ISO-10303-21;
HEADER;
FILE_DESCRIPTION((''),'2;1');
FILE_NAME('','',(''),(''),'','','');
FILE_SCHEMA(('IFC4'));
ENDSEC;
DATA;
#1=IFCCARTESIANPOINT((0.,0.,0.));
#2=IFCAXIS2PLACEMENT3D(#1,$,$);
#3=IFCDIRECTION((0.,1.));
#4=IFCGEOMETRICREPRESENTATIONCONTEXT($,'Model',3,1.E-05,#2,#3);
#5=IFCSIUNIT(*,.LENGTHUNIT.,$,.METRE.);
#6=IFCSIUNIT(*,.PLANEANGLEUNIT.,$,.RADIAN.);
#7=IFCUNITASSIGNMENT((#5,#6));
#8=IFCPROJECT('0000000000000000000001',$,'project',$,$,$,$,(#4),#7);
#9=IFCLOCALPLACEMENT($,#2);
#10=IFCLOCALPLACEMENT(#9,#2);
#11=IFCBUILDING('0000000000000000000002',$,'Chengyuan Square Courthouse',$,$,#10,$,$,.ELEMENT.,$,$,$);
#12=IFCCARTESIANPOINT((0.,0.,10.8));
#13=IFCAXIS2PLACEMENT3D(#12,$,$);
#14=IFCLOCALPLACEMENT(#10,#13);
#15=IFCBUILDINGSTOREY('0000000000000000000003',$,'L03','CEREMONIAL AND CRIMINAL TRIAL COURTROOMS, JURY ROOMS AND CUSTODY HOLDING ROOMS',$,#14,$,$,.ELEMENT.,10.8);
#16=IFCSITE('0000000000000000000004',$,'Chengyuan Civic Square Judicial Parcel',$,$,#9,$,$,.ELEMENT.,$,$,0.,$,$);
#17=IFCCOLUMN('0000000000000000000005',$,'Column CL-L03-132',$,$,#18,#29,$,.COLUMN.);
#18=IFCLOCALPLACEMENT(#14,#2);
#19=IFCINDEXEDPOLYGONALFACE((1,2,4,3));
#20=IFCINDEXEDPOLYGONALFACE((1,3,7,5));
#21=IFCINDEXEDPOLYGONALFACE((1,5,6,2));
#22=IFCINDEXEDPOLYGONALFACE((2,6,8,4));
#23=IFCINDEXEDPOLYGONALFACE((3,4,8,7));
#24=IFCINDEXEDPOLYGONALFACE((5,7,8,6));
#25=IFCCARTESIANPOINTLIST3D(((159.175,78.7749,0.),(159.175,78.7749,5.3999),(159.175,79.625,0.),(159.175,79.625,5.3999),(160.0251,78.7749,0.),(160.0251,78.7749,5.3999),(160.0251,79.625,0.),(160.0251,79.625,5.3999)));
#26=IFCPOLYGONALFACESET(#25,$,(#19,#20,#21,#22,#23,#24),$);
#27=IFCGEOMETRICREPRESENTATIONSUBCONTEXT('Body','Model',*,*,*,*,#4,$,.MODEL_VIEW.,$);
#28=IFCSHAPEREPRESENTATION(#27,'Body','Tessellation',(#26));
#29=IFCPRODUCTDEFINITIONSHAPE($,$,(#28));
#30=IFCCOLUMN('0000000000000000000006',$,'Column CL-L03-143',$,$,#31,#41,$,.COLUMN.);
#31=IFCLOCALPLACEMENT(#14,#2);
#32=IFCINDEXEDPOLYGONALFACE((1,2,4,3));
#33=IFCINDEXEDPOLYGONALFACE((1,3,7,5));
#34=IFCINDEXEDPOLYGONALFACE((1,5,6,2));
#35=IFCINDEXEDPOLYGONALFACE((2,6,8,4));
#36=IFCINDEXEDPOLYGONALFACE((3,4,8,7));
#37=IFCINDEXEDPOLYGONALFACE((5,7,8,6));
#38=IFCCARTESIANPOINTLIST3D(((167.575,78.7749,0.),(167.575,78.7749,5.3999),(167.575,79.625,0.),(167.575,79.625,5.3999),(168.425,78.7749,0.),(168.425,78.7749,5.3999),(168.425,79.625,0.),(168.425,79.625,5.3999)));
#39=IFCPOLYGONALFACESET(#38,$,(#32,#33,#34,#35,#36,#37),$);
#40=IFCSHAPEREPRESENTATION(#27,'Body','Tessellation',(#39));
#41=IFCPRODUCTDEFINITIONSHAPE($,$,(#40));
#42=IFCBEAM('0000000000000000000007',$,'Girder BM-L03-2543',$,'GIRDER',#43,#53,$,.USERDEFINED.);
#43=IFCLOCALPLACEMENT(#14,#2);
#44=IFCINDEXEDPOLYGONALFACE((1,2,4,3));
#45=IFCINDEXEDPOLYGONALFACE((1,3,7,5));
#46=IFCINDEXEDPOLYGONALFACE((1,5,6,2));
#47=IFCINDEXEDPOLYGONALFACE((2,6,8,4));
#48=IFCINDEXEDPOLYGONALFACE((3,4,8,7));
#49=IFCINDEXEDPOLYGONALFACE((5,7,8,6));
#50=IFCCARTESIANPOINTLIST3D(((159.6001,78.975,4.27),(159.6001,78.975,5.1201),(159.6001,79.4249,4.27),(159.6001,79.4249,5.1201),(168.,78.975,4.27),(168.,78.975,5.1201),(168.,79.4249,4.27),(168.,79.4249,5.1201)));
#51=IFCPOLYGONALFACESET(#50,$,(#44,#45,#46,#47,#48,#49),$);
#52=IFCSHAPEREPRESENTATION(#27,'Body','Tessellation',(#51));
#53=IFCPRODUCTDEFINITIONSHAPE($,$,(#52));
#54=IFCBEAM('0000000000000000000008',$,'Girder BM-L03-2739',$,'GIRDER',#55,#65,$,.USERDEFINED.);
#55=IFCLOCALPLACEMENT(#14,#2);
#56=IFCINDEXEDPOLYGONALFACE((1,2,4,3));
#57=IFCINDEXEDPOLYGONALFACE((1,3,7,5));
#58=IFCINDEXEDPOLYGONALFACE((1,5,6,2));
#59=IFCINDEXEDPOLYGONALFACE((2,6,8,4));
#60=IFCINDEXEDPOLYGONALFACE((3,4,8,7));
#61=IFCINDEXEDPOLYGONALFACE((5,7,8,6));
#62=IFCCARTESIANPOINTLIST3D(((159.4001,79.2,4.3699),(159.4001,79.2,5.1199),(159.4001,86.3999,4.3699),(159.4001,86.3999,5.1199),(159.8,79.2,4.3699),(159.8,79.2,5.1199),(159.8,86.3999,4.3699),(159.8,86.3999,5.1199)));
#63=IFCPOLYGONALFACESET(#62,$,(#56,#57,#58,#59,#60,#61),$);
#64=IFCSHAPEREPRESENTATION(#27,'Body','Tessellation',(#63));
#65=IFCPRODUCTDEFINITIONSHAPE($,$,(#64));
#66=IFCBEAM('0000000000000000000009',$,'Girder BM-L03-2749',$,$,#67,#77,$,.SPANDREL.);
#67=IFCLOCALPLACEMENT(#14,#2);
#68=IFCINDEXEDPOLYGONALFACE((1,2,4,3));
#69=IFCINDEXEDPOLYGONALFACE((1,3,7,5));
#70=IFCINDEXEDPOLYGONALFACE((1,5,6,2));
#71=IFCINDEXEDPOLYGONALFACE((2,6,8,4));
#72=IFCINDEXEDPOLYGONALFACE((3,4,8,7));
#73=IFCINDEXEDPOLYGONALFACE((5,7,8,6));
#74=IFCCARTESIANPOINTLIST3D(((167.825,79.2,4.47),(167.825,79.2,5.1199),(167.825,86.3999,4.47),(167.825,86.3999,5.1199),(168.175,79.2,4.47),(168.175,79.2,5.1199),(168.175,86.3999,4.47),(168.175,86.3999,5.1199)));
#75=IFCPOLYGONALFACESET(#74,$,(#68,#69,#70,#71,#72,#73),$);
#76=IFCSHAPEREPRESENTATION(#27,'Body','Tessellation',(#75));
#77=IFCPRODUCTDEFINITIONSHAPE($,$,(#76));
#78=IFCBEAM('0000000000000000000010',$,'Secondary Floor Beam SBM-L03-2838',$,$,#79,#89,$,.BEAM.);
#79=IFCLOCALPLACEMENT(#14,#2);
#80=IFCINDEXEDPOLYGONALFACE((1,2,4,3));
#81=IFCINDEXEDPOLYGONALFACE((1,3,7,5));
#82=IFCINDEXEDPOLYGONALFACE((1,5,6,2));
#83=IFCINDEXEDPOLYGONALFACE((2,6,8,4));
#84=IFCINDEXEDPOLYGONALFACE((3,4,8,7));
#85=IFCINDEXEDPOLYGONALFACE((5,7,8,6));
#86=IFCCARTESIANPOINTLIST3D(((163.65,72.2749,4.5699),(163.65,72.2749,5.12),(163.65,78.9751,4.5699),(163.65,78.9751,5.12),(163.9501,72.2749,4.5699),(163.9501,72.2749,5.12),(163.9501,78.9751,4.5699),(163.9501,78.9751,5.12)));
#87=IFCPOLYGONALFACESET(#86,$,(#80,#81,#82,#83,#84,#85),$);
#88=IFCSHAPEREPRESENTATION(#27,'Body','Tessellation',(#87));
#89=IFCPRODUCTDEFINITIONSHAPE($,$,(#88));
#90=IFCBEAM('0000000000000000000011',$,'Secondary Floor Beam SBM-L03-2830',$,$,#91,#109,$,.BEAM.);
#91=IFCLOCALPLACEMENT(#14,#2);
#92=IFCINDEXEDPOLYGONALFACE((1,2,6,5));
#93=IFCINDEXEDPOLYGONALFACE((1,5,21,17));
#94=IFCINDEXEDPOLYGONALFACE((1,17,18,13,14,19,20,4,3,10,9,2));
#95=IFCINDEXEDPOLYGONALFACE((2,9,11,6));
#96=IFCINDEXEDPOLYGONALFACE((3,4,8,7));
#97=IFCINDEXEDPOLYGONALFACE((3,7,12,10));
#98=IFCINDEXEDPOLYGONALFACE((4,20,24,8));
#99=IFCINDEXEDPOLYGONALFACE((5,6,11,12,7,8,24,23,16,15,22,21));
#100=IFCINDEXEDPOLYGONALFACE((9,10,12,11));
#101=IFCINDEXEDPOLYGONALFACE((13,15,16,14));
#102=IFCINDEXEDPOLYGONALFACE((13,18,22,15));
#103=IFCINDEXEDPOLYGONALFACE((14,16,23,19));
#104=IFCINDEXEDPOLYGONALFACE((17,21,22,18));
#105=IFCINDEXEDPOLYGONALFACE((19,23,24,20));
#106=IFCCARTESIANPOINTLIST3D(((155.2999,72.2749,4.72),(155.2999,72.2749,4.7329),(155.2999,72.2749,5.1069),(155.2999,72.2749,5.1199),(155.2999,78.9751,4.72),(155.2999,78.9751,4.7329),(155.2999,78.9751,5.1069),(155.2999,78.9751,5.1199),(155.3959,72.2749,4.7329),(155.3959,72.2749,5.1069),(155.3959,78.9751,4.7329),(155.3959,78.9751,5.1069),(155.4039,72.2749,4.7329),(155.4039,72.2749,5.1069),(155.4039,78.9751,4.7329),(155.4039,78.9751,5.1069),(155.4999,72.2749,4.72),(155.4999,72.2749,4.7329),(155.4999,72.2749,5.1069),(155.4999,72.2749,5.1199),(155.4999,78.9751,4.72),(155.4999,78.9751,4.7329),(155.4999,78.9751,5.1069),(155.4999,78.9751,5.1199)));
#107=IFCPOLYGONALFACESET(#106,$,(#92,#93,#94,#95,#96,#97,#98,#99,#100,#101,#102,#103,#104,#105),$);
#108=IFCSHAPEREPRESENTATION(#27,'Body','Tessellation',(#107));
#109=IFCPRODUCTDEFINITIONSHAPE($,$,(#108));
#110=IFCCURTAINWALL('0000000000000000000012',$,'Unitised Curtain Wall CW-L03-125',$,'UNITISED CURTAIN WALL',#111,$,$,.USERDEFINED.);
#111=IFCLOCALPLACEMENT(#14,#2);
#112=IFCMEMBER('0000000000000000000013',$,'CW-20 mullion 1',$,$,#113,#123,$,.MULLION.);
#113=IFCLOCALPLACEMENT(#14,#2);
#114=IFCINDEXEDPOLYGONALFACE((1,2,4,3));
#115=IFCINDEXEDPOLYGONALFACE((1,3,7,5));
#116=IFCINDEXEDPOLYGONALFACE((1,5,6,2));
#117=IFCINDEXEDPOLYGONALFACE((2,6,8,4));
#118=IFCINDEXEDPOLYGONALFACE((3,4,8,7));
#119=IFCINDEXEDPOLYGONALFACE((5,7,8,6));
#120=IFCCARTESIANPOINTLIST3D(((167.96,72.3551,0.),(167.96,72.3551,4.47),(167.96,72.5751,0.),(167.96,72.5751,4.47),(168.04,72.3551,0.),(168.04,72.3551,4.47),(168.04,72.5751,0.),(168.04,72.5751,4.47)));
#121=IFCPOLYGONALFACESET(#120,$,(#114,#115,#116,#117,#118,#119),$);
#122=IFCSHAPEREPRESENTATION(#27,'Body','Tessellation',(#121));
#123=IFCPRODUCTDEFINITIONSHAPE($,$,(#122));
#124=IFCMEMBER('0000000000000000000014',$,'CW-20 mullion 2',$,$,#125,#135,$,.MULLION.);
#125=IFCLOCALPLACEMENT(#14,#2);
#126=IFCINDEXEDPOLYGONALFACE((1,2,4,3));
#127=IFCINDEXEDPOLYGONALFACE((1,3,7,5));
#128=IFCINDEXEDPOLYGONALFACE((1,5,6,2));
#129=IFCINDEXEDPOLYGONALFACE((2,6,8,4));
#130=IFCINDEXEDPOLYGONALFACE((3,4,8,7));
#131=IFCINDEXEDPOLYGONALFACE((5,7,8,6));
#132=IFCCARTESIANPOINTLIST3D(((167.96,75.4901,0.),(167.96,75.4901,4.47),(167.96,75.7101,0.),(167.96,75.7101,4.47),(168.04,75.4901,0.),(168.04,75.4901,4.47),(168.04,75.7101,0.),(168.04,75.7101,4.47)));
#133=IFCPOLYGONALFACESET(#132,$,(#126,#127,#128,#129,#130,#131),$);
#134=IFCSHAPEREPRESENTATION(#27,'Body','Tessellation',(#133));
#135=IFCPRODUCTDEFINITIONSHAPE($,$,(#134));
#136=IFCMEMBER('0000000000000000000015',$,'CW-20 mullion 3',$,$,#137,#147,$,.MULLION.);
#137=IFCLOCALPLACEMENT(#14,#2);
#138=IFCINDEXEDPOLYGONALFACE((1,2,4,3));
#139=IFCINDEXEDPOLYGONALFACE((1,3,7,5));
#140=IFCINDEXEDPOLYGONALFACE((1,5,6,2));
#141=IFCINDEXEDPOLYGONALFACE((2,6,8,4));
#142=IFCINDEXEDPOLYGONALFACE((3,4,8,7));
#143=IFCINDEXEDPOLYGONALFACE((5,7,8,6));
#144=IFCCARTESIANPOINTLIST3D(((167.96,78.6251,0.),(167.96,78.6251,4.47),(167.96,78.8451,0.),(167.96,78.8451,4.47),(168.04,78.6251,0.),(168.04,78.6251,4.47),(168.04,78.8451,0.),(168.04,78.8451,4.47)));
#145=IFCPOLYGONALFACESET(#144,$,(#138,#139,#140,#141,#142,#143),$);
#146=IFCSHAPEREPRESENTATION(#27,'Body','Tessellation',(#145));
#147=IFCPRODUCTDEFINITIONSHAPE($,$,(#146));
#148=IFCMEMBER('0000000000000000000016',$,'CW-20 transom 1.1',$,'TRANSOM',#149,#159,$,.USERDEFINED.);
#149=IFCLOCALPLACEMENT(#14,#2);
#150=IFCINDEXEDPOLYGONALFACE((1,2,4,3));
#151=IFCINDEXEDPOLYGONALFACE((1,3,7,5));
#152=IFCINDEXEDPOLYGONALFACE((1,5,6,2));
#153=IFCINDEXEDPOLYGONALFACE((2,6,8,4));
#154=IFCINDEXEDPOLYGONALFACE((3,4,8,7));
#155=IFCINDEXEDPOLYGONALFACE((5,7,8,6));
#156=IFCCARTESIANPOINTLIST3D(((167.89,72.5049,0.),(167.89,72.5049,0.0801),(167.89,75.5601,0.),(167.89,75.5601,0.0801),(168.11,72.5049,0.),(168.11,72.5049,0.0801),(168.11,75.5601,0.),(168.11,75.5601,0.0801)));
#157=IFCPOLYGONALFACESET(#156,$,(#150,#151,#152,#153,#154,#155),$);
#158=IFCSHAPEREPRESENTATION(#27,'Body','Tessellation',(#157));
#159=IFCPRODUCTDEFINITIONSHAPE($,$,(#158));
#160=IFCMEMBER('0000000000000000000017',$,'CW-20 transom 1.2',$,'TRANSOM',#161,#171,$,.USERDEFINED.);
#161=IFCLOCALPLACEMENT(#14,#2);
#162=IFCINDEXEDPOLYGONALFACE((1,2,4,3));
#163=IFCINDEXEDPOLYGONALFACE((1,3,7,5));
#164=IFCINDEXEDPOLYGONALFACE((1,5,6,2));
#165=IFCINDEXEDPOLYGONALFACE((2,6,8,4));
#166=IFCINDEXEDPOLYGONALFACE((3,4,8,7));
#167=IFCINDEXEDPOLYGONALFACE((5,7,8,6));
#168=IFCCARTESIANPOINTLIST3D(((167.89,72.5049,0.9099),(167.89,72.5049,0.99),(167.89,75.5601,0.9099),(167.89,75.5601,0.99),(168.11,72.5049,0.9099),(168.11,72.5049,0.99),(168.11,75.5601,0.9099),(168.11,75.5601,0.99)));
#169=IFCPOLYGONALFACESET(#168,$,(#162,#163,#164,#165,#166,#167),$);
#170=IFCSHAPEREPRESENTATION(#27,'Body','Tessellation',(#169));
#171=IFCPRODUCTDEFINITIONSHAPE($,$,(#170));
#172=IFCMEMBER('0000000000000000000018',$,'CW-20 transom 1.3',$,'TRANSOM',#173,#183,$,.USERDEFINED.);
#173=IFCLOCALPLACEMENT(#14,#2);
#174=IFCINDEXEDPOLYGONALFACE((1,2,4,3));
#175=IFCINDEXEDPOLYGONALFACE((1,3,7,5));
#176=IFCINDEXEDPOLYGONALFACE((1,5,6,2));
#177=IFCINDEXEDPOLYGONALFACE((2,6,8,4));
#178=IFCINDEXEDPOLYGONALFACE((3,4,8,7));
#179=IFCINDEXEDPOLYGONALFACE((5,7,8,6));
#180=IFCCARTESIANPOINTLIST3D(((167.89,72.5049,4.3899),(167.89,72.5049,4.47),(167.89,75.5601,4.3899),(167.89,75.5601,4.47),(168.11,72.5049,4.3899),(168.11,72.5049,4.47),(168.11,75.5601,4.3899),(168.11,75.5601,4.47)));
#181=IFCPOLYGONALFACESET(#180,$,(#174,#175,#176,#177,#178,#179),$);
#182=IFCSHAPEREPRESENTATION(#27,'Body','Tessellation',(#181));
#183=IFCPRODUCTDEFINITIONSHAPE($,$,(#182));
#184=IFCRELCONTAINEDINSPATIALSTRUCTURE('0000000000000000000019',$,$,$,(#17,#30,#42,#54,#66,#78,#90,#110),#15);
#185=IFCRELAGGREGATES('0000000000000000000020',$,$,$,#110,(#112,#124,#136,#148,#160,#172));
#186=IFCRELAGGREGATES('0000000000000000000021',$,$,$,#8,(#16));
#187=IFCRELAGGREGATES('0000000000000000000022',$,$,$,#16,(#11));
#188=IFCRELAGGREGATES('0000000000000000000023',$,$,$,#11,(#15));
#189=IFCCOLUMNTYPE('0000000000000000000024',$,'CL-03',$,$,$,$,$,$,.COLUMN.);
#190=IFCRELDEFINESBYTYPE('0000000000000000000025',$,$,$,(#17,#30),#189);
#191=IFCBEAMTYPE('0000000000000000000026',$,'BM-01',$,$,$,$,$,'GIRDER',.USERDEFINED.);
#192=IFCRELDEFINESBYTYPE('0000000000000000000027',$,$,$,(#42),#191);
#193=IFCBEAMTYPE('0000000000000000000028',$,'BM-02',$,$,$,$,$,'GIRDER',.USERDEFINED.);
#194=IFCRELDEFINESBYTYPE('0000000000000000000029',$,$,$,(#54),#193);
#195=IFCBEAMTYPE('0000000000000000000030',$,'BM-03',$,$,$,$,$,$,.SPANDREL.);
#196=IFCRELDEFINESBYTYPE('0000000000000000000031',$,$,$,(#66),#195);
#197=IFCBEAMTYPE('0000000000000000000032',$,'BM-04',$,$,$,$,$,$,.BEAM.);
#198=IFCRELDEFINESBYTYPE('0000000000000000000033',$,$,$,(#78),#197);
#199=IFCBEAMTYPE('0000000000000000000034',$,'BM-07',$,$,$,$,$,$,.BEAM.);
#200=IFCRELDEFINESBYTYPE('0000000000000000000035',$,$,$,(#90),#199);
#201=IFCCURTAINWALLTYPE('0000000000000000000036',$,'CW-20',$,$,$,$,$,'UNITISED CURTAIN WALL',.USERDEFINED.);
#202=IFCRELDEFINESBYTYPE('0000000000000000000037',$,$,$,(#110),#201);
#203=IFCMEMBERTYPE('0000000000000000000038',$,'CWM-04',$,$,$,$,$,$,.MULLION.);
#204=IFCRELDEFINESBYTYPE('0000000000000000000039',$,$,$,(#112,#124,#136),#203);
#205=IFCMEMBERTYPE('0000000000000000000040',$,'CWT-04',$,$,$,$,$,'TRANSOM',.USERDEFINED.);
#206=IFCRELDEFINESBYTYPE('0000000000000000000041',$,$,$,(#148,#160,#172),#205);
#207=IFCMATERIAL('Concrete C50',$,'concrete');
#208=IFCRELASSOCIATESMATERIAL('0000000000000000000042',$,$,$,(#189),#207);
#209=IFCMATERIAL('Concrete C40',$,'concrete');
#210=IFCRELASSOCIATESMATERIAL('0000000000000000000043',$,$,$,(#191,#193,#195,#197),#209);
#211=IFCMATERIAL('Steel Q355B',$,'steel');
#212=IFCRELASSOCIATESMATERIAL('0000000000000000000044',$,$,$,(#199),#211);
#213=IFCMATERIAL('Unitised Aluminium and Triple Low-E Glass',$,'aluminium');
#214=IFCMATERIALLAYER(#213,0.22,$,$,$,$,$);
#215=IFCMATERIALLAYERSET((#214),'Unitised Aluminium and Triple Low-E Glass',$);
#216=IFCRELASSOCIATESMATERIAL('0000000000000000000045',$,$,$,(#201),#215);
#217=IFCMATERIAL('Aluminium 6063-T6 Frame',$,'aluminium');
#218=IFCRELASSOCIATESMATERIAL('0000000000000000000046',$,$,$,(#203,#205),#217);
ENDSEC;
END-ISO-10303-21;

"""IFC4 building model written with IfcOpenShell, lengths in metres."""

from ifc_helpers import new_model, si_unit, direction, frame, origin, origin_2d, place, context, subcontext, project, spatial, rectangle, i_section, extrude, material, layer, layer_set, material_profile, profile_set, type_object, element, aggregate, save


model = new_model("IFC4")

# Units and contexts
model_context = context("Model", 3, precision=1e-05, world=origin(), true_north=direction((0.0, 1.0)))
body_context = subcontext(model_context, "Body", "Model", "MODEL_VIEW")
ifc_project = project(units=[si_unit("LENGTHUNIT", "METRE"), si_unit("PLANEANGLEUNIT", "RADIAN")], contexts=[model_context])

# Site, building, storey
site_placement = place(None, origin())
site = spatial("IfcSite", under=ifc_project, at=site_placement, Name="Chengyuan Civic Square Judicial Parcel", CompositionType="ELEMENT", RefElevation=0.0)
building_placement = place(site_placement, origin())
building = spatial("IfcBuilding", under=site, at=building_placement, Name="Chengyuan Square Courthouse", CompositionType="ELEMENT")
storey_placement = place(building_placement, frame((0.0, 0.0, 10.8)))
storey = spatial("IfcBuildingStorey", under=building, at=storey_placement, Name="L03", Description="CEREMONIAL AND CRIMINAL TRIAL COURTROOMS, JURY ROOMS AND CUSTODY HOLDING ROOMS", CompositionType="ELEMENT", Elevation=10.8)

# Columns
ifc_material_1 = material(Name="Concrete C50", Category="concrete")
ifc_material_profile_1 = material_profile(ifc_material_1, rectangle(XDim=0.8501, YDim=0.8501, at=origin_2d()), Name="RC-COL-850x850")
ifc_profile_set_1 = profile_set([ifc_material_profile_1], Name="Concrete C50")
column_type = type_object("IfcColumnType", Name="CL-03", PredefinedType="COLUMN", material=ifc_profile_set_1)
for number, where, z_axis, x_axis, name in (
    (1, (159.6001, 79.2, 0.0), (0.0, 0.0, 1.0), (1.0, 0.0, 0.0), "Column CL-L03-132"),
    (2, (168.0, 79.2, 0.0), (0.0, 0.0, 1.0), (1.0, 0.0, 0.0), "Column CL-L03-143"),
):
    element("IfcColumn", number, at=place(storey_placement, frame(where, z_axis=z_axis, x_axis=x_axis)), inside=storey, type_object=column_type, Name=name, PredefinedType="COLUMN", context=body_context, shape_type="SweptSolid", body=[
        extrude(rectangle(XDim=0.8501, YDim=0.8501, at=origin_2d()), origin(), (0.0, 0.0, 1.0), 5.3999),
    ])

# Beams
ifc_material_2 = material(Name="Concrete C40", Category="concrete")
ifc_material_profile_2 = material_profile(ifc_material_2, rectangle(XDim=0.45, YDim=0.8501, at=origin_2d()), Name="RC-BM-450x850")
ifc_profile_set_2 = profile_set([ifc_material_profile_2], Name="Concrete C40")
beam_type_1 = type_object("IfcBeamType", Name="BM-01", ElementType="GIRDER", PredefinedType="USERDEFINED", material=ifc_profile_set_2)
beam_1_placement = place(storey_placement, frame((159.6001, 79.2, 4.6951), z_axis=(1.0, 0.0, 0.0), x_axis=(0.0, 1.0, 0.0)))
element("IfcBeam", 3, at=beam_1_placement, inside=storey, type_object=beam_type_1, Name="Girder BM-L03-2543", ObjectType="GIRDER", PredefinedType="USERDEFINED", context=body_context, shape_type="SweptSolid", body=[
    extrude(rectangle(XDim=0.45, YDim=0.8501, at=origin_2d()), origin(), (0.0, 0.0, 1.0), 8.3999),
])
ifc_material_profile_3 = material_profile(ifc_material_2, rectangle(XDim=0.3999, YDim=0.75, at=origin_2d()), Name="RC-BM-400x750")
ifc_profile_set_3 = profile_set([ifc_material_profile_3], Name="Concrete C40")
beam_type_2 = type_object("IfcBeamType", Name="BM-02", ElementType="GIRDER", PredefinedType="USERDEFINED", material=ifc_profile_set_3)
beam_2_placement = place(storey_placement, frame((159.6001, 79.2, 4.7449), z_axis=(0.0, 1.0, 0.0), x_axis=(-1.0, 0.0, 0.0)))
element("IfcBeam", 4, at=beam_2_placement, inside=storey, type_object=beam_type_2, Name="Girder BM-L03-2739", ObjectType="GIRDER", PredefinedType="USERDEFINED", context=body_context, shape_type="SweptSolid", body=[
    extrude(rectangle(XDim=0.3999, YDim=0.75, at=origin_2d()), origin(), (0.0, 0.0, 1.0), 7.2),
])
ifc_material_profile_4 = material_profile(ifc_material_2, rectangle(XDim=0.3501, YDim=0.6499, at=origin_2d()), Name="RC-BM-350x650")
ifc_profile_set_4 = profile_set([ifc_material_profile_4], Name="Concrete C40")
beam_type_3 = type_object("IfcBeamType", Name="BM-03", PredefinedType="SPANDREL", material=ifc_profile_set_4)
beam_3_placement = place(storey_placement, frame((168.0, 79.2, 4.7949), z_axis=(0.0, 1.0, 0.0), x_axis=(-1.0, 0.0, 0.0)))
element("IfcBeam", 5, at=beam_3_placement, inside=storey, type_object=beam_type_3, Name="Girder BM-L03-2749", PredefinedType="SPANDREL", context=body_context, shape_type="SweptSolid", body=[
    extrude(rectangle(XDim=0.3501, YDim=0.6499, at=origin_2d()), origin(), (0.0, 0.0, 1.0), 7.2),
])
ifc_material_profile_5 = material_profile(ifc_material_2, rectangle(XDim=0.3, YDim=0.55, at=origin_2d()), Name="RC-BM-300x550")
ifc_profile_set_5 = profile_set([ifc_material_profile_5], Name="Concrete C40")
beam_type_4 = type_object("IfcBeamType", Name="BM-04", PredefinedType="BEAM", material=ifc_profile_set_5)
beam_4_placement = place(storey_placement, frame((163.8, 72.2749, 4.845), z_axis=(0.0, 1.0, 0.0), x_axis=(-1.0, 0.0, 0.0)))
element("IfcBeam", 6, at=beam_4_placement, inside=storey, type_object=beam_type_4, Name="Secondary Floor Beam SBM-L03-2838", PredefinedType="BEAM", context=body_context, shape_type="SweptSolid", body=[
    extrude(rectangle(XDim=0.3, YDim=0.55, at=origin_2d()), origin(), (0.0, 0.0, 1.0), 6.7002),
])
ifc_material_3 = material(Name="Steel Q355B", Category="steel")
ifc_material_profile_6 = material_profile(ifc_material_3, i_section(OverallWidth=0.2, OverallDepth=0.3999, WebThickness=0.0081, FlangeThickness=0.0129, at=origin_2d()), Name="HN 400x200x8x13")
ifc_profile_set_6 = profile_set([ifc_material_profile_6], Name="Steel Q355B")
beam_type_5 = type_object("IfcBeamType", Name="BM-07", PredefinedType="BEAM", material=ifc_profile_set_6)
beam_5_placement = place(storey_placement, frame((155.3999, 72.2749, 4.9199), z_axis=(0.0, 1.0, 0.0), x_axis=(-1.0, 0.0, 0.0)))
element("IfcBeam", 7, at=beam_5_placement, inside=storey, type_object=beam_type_5, Name="Secondary Floor Beam SBM-L03-2830", PredefinedType="BEAM", context=body_context, shape_type="SweptSolid", body=[
    extrude(i_section(OverallWidth=0.2, OverallDepth=0.3999, WebThickness=0.0081, FlangeThickness=0.0129, at=origin_2d()), origin(), (0.0, 0.0, 1.0), 6.7002),
])

# Curtain wall, members
ifc_material_4 = material(Name="Unitised Aluminium and Triple Low-E Glass", Category="aluminium")
ifc_layer_1 = layer(ifc_material_4, 0.22)
ifc_layer_set_1 = layer_set([ifc_layer_1], Name="Unitised Aluminium and Triple Low-E Glass")
curtain_wall_type = type_object("IfcCurtainWallType", Name="CW-20", ElementType="UNITISED CURTAIN WALL", PredefinedType="USERDEFINED", material=ifc_layer_set_1)
curtain_wall_placement = place(storey_placement, origin())
curtain_wall = element("IfcCurtainWall", 8, at=curtain_wall_placement, inside=storey, type_object=curtain_wall_type, Name="Unitised Curtain Wall CW-L03-125", ObjectType="UNITISED CURTAIN WALL", PredefinedType="USERDEFINED")
ifc_material_5 = material(Name="Aluminium 6063-T6 Frame", Category="aluminium")
ifc_material_profile_7 = material_profile(ifc_material_5, rectangle(XDim=0.0801, YDim=0.22, at=origin_2d()), Name="CW-MUL-80x220")
ifc_profile_set_7 = profile_set([ifc_material_profile_7], Name="Aluminium 6063-T6 Frame")
member_type_1 = type_object("IfcMemberType", Name="CWM-04", PredefinedType="MULLION", material=ifc_profile_set_7)
member_1_placement = place(storey_placement, frame((168.0, 72.4651, 0.0), z_axis=(0.0, 0.0, 1.0), x_axis=(-1.0, 0.0, 0.0)))
member_1 = element("IfcMember", 9, at=member_1_placement, type_object=member_type_1, Name="CW-20 mullion 1", PredefinedType="MULLION", context=body_context, shape_type="SweptSolid", body=[
    extrude(rectangle(XDim=0.0801, YDim=0.22, at=origin_2d()), origin(), (0.0, 0.0, 1.0), 4.47),
])
member_2_placement = place(storey_placement, frame((168.0, 75.6001, 0.0), z_axis=(0.0, 0.0, 1.0), x_axis=(-1.0, 0.0, 0.0)))
member_2 = element("IfcMember", 10, at=member_2_placement, type_object=member_type_1, Name="CW-20 mullion 2", PredefinedType="MULLION", context=body_context, shape_type="SweptSolid", body=[
    extrude(rectangle(XDim=0.0801, YDim=0.22, at=origin_2d()), origin(), (0.0, 0.0, 1.0), 4.47),
])
member_3_placement = place(storey_placement, frame((168.0, 78.7351, 0.0), z_axis=(0.0, 0.0, 1.0), x_axis=(-1.0, 0.0, 0.0)))
member_3 = element("IfcMember", 11, at=member_3_placement, type_object=member_type_1, Name="CW-20 mullion 3", PredefinedType="MULLION", context=body_context, shape_type="SweptSolid", body=[
    extrude(rectangle(XDim=0.0801, YDim=0.22, at=origin_2d()), origin(), (0.0, 0.0, 1.0), 4.47),
])
ifc_material_profile_8 = material_profile(ifc_material_5, rectangle(XDim=0.22, YDim=0.0801, at=origin_2d()), Name="CW-TRN-80x180")
ifc_profile_set_8 = profile_set([ifc_material_profile_8], Name="Aluminium 6063-T6 Frame")
member_type_2 = type_object("IfcMemberType", Name="CWT-04", ElementType="TRANSOM", PredefinedType="USERDEFINED", material=ifc_profile_set_8)
member_4_placement = place(storey_placement, frame((168.0, 72.5049, 0.04), z_axis=(0.0, 1.0, 0.0), x_axis=(-1.0, 0.0, 0.0)))
member_4 = element("IfcMember", 12, at=member_4_placement, type_object=member_type_2, Name="CW-20 transom 1.1", ObjectType="TRANSOM", PredefinedType="USERDEFINED", context=body_context, shape_type="SweptSolid", body=[
    extrude(rectangle(XDim=0.22, YDim=0.0801, at=origin_2d()), origin(), (0.0, 0.0, 1.0), 3.0552),
])
member_5_placement = place(storey_placement, frame((168.0, 72.5049, 0.95), z_axis=(0.0, 1.0, 0.0), x_axis=(-1.0, 0.0, 0.0)))
member_5 = element("IfcMember", 13, at=member_5_placement, type_object=member_type_2, Name="CW-20 transom 1.2", ObjectType="TRANSOM", PredefinedType="USERDEFINED", context=body_context, shape_type="SweptSolid", body=[
    extrude(rectangle(XDim=0.22, YDim=0.0801, at=origin_2d()), origin(), (0.0, 0.0, 1.0), 3.0552),
])
member_6_placement = place(storey_placement, frame((168.0, 72.5049, 4.4299), z_axis=(0.0, 1.0, 0.0), x_axis=(-1.0, 0.0, 0.0)))
member_6 = element("IfcMember", 14, at=member_6_placement, type_object=member_type_2, Name="CW-20 transom 1.3", ObjectType="TRANSOM", PredefinedType="USERDEFINED", context=body_context, shape_type="SweptSolid", body=[
    extrude(rectangle(XDim=0.22, YDim=0.0801, at=origin_2d()), origin(), (0.0, 0.0, 1.0), 3.0552),
])
aggregate(curtain_wall, [member_1, member_2, member_3, member_4, member_5, member_6])

save(model, "model.ifc")
